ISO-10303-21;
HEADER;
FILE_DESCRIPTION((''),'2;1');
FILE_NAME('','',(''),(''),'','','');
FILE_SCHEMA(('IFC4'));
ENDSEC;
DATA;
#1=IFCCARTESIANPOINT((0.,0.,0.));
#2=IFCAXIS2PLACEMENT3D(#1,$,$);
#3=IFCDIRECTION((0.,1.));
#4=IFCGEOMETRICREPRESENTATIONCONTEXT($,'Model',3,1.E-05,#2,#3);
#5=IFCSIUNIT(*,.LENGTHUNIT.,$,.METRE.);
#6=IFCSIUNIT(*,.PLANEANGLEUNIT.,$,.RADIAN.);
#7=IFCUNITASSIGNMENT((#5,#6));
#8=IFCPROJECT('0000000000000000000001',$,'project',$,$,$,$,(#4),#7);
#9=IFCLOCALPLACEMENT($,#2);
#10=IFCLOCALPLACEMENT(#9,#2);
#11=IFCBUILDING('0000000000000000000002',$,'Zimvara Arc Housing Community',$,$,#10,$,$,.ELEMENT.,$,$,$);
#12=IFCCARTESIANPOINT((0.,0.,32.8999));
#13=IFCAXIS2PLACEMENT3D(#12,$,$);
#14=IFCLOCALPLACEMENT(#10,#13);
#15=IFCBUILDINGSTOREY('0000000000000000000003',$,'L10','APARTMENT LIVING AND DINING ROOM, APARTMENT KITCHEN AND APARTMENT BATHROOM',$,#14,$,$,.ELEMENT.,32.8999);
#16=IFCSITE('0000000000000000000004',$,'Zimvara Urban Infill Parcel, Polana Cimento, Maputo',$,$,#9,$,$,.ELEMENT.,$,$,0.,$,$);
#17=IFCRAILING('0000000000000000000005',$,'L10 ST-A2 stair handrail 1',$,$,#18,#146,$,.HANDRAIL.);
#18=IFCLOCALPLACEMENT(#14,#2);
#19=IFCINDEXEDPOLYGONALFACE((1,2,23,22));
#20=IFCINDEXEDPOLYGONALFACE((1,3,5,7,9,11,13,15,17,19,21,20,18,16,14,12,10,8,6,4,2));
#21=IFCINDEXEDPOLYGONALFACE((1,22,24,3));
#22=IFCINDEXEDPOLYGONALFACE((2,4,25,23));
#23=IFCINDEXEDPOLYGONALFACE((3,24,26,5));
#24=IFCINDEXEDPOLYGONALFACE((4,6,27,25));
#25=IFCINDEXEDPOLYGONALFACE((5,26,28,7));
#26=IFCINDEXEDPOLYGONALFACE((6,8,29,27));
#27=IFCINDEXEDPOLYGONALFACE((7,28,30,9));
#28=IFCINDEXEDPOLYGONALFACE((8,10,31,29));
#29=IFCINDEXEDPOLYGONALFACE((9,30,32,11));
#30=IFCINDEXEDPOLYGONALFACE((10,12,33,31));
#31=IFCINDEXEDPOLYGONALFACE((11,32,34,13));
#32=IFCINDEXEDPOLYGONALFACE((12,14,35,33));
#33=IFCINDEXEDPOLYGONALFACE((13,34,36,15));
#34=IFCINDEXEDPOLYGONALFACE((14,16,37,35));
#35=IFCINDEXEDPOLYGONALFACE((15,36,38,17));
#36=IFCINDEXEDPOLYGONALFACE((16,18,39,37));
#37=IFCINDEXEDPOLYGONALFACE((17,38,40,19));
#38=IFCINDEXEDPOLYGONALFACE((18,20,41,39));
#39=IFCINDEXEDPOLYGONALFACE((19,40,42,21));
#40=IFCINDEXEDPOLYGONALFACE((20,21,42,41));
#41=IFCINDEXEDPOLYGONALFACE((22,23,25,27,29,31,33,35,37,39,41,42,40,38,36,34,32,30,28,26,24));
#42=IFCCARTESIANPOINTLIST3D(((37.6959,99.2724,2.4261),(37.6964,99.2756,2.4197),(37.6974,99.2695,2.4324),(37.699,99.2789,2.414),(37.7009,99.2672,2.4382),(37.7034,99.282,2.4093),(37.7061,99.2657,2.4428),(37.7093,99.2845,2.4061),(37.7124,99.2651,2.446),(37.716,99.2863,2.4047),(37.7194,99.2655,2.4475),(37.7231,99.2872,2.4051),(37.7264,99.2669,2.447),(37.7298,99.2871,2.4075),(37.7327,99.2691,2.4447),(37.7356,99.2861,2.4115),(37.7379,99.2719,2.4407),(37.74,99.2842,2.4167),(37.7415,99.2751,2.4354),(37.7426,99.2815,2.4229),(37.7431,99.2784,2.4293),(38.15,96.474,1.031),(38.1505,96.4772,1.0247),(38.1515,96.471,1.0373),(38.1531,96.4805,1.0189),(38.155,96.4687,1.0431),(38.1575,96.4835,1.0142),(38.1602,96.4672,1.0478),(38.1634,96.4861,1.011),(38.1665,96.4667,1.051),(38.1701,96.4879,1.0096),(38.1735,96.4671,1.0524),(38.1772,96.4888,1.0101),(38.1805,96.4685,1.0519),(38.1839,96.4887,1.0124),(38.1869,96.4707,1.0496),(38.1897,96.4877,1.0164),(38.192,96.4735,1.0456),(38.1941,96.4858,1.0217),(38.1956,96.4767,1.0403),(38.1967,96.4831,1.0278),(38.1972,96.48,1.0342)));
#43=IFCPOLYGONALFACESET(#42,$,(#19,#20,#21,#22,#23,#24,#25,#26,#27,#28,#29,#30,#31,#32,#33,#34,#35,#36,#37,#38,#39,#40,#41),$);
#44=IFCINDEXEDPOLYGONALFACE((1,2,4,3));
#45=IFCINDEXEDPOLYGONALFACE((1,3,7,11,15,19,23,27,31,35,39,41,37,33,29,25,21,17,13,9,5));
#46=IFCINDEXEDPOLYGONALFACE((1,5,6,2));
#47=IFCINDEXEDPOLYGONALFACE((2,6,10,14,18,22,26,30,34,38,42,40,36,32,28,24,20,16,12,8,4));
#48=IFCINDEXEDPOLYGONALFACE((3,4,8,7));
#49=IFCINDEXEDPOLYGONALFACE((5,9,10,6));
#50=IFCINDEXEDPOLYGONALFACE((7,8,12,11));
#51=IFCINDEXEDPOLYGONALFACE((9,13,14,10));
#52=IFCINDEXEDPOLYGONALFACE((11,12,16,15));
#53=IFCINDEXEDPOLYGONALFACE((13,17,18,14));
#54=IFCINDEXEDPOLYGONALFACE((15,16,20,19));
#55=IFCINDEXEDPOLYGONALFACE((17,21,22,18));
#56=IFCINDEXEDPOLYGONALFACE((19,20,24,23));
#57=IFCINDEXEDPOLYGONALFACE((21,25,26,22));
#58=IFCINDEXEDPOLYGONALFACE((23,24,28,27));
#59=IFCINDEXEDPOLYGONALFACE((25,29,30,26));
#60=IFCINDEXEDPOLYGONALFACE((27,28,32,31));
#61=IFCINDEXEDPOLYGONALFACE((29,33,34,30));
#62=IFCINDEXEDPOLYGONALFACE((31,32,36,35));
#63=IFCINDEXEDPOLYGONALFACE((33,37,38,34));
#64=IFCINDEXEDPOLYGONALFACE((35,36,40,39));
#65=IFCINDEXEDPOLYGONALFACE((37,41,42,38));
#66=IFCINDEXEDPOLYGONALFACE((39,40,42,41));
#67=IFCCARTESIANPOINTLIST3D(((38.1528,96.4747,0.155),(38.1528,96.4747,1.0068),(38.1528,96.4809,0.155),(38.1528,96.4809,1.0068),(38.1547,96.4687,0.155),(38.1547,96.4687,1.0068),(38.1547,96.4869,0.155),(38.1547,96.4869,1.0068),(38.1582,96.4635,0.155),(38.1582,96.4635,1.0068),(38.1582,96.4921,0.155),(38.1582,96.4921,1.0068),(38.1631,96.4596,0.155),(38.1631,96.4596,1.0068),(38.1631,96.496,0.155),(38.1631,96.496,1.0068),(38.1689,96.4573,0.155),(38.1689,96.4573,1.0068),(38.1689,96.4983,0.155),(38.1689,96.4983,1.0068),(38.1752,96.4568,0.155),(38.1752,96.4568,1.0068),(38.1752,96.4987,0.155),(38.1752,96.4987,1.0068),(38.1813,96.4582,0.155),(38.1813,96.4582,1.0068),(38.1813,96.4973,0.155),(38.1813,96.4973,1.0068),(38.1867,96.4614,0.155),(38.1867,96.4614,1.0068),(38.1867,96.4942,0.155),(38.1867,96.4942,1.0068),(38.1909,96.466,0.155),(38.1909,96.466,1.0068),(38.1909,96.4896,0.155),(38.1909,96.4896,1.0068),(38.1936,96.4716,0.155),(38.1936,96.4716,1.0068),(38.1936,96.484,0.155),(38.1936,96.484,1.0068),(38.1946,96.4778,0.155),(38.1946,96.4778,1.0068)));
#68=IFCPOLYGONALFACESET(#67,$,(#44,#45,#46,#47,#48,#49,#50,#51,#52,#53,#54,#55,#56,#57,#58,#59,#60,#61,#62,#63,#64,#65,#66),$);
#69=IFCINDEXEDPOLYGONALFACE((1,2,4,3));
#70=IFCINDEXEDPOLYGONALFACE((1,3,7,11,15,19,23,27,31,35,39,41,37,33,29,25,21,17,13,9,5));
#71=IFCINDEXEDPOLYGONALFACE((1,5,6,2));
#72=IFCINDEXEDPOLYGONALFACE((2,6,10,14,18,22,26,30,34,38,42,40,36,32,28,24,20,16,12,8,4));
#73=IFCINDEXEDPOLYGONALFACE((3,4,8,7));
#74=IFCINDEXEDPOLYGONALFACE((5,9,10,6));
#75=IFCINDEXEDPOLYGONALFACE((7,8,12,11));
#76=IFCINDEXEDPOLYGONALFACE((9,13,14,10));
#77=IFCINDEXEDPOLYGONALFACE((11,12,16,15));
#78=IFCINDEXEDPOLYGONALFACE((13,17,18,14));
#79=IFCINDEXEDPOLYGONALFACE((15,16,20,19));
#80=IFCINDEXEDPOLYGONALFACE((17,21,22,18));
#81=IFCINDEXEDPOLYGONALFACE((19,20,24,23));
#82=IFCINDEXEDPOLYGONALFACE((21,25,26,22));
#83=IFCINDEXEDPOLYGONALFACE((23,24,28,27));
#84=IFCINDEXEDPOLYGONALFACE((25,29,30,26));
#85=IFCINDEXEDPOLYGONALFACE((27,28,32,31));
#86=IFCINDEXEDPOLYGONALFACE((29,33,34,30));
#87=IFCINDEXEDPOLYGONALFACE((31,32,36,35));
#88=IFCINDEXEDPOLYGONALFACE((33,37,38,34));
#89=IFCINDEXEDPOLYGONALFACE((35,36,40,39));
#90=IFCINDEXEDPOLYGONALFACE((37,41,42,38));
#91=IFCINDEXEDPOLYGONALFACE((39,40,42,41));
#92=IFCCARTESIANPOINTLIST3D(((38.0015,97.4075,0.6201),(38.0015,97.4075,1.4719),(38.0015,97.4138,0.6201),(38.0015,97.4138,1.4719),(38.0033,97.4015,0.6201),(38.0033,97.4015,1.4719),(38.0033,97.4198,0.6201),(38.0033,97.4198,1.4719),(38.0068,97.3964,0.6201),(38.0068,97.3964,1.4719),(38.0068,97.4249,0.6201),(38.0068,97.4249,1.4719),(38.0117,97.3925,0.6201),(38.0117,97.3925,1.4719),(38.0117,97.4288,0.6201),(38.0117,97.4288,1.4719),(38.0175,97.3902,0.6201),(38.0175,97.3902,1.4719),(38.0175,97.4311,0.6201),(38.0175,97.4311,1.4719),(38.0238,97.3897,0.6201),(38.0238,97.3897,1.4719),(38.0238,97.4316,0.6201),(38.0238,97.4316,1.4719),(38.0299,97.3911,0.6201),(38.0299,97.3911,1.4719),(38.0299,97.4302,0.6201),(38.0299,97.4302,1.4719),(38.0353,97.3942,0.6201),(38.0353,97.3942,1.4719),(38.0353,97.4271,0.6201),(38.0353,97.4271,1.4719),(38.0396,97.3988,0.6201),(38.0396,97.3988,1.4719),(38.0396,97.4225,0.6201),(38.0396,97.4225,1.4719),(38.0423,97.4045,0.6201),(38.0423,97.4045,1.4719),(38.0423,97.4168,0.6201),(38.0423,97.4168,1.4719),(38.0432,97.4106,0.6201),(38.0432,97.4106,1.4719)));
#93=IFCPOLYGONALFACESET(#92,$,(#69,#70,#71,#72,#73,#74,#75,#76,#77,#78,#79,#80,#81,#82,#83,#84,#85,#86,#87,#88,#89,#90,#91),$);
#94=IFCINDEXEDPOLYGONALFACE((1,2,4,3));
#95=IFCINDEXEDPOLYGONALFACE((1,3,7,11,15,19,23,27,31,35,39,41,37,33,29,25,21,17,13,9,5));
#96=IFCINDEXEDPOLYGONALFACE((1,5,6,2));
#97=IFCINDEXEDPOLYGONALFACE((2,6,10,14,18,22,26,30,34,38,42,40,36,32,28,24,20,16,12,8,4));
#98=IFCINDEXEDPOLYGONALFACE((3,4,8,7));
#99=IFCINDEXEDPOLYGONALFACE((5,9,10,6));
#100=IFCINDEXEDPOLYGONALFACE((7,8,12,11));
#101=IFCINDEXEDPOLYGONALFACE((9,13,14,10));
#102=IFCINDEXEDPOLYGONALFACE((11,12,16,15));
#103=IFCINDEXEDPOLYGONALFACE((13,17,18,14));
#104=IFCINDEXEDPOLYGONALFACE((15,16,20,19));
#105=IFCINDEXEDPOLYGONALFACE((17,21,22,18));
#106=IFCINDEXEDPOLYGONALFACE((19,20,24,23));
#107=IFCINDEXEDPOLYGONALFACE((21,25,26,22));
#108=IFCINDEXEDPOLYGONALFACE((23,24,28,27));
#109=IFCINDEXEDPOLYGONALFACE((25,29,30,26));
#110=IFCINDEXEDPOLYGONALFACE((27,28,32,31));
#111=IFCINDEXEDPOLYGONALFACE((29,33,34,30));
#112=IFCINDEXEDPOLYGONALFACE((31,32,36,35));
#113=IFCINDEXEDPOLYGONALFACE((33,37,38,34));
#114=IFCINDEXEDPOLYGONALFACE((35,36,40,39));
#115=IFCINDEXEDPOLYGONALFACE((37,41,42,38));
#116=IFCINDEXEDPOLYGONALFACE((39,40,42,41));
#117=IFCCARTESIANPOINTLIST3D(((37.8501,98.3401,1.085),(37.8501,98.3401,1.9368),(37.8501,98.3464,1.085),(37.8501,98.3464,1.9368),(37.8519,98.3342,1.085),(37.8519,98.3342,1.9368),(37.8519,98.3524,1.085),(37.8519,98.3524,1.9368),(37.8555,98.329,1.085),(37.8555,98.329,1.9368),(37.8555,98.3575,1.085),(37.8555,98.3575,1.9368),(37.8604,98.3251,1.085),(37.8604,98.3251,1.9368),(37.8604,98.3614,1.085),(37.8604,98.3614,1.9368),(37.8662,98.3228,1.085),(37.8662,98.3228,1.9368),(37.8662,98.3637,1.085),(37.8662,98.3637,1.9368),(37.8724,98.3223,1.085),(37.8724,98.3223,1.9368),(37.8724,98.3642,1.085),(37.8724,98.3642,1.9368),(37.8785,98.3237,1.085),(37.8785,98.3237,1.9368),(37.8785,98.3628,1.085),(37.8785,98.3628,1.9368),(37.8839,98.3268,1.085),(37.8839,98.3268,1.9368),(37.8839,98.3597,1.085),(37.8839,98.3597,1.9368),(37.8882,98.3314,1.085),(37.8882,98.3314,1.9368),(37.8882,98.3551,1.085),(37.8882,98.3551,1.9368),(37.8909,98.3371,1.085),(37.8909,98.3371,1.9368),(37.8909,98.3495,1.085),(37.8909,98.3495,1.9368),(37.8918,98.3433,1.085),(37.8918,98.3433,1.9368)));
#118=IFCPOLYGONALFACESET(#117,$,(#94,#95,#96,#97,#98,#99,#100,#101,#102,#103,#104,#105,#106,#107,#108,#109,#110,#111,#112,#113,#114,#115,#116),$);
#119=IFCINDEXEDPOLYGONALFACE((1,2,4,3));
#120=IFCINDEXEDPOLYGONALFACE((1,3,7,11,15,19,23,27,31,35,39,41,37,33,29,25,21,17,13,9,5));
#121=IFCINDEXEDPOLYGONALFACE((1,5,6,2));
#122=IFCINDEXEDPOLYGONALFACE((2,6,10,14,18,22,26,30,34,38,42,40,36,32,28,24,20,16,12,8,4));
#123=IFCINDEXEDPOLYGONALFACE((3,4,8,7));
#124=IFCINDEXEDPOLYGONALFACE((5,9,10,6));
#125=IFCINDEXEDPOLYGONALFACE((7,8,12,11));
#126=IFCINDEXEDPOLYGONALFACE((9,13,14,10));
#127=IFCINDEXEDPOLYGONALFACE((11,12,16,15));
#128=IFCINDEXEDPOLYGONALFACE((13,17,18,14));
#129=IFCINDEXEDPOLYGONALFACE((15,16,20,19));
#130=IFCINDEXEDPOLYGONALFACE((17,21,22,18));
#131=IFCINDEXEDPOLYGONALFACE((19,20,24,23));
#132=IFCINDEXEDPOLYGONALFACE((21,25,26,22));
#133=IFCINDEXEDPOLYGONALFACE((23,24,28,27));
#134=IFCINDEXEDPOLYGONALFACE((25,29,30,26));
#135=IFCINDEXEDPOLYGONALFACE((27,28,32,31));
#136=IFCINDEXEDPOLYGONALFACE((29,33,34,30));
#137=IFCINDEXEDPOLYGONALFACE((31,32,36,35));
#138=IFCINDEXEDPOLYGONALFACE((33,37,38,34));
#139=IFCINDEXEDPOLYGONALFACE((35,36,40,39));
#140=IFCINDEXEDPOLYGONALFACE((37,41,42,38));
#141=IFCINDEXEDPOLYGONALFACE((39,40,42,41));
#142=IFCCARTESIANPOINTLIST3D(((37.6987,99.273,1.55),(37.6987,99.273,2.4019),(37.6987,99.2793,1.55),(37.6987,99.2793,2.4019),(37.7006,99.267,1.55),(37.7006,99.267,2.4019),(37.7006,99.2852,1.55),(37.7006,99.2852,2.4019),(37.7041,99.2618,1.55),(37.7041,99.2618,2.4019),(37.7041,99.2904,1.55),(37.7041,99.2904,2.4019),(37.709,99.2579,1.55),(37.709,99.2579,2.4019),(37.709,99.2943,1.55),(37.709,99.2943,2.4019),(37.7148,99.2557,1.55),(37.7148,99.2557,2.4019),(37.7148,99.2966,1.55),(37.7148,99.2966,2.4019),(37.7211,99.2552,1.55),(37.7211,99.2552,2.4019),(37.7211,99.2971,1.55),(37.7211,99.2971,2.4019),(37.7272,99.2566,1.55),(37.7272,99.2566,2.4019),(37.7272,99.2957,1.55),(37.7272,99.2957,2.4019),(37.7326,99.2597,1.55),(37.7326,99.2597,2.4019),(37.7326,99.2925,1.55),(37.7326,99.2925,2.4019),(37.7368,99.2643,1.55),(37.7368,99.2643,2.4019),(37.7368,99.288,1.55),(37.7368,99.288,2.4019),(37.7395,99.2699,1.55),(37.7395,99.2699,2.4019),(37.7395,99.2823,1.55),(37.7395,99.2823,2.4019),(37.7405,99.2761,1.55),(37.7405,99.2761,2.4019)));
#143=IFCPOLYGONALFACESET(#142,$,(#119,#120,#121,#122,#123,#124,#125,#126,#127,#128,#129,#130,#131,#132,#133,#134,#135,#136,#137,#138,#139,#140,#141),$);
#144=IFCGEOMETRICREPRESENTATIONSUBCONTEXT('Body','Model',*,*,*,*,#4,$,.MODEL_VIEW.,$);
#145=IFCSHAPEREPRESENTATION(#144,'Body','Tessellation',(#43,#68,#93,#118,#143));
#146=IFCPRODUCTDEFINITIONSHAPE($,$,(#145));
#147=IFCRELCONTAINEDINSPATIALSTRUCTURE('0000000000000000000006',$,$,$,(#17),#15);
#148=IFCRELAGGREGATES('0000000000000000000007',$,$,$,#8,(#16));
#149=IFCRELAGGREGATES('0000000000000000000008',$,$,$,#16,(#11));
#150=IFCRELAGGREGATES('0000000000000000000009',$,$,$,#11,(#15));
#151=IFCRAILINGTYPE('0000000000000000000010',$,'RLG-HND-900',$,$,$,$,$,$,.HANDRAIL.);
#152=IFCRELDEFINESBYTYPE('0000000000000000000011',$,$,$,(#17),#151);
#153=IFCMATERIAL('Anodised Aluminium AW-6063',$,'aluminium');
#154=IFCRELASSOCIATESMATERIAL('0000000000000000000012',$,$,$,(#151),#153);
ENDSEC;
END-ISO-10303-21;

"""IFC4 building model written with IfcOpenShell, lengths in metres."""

from ifc_helpers import new_model, si_unit, direction, frame, origin, origin_2d, place, context, subcontext, project, spatial, circle, extrude, material, type_object, element, save


model = new_model("IFC4")

# Units and contexts
model_context = context("Model", 3, precision=1e-05, world=origin(), true_north=direction((0.0, 1.0)))
body_context = subcontext(model_context, "Body", "Model", "MODEL_VIEW")
ifc_project = project(units=[si_unit("LENGTHUNIT", "METRE"), si_unit("PLANEANGLEUNIT", "RADIAN")], contexts=[model_context])

# Site, building, storey
site_placement = place(None, origin())
site = spatial("IfcSite", under=ifc_project, at=site_placement, Name="Zimvara Urban Infill Parcel, Polana Cimento, Maputo", CompositionType="ELEMENT", RefElevation=0.0)
building_placement = place(site_placement, origin())
building = spatial("IfcBuilding", under=site, at=building_placement, Name="Zimvara Arc Housing Community", CompositionType="ELEMENT")
storey_placement = place(building_placement, frame((0.0, 0.0, 32.8999)))
storey = spatial("IfcBuildingStorey", under=building, at=storey_placement, Name="L10", Description="APARTMENT LIVING AND DINING ROOM, APARTMENT KITCHEN AND APARTMENT BATHROOM", CompositionType="ELEMENT", Elevation=32.8999)

# Railing
ifc_material_1 = material(Name="Anodised Aluminium AW-6063", Category="aluminium")
railing_type_1 = type_object("IfcRailingType", Name="RLG-HND-900", PredefinedType="HANDRAIL", material=ifc_material_1)
railing_1_placement = place(storey_placement, frame((38.1736, 96.4778, 0.155)))
element("IfcRailing", 1, at=railing_1_placement, inside=storey, type_object=railing_type_1, Name="L10 ST-A2 stair handrail 1", PredefinedType="HANDRAIL", context=body_context, shape_type="SweptSolid", body=[
    extrude(circle(Radius=0.0239, at=origin_2d()), frame((0.0, 0.0, 0.876), z_axis=(-0.143722, 0.885666, 0.44152), x_axis=(-0.987088, -0.16018, 0.0)), (0.0, 0.0, 1.0), 3.1597),
    extrude(circle(Radius=0.021, at=origin_2d()), origin(), (0.0, 0.0, 1.0), 0.8518),
    extrude(circle(Radius=0.021, at=origin_2d()), frame((-0.1514, 0.9329, 0.4651)), (0.0, 0.0, 1.0), 0.8518),
    extrude(circle(Radius=0.021, at=origin_2d()), frame((-0.3027, 1.8655, 0.9299)), (0.0, 0.0, 1.0), 0.8518),
    extrude(circle(Radius=0.021, at=origin_2d()), frame((-0.4541, 2.7983, 1.395)), (0.0, 0.0, 1.0), 0.8518),
])

save(model, "model.ifc")
